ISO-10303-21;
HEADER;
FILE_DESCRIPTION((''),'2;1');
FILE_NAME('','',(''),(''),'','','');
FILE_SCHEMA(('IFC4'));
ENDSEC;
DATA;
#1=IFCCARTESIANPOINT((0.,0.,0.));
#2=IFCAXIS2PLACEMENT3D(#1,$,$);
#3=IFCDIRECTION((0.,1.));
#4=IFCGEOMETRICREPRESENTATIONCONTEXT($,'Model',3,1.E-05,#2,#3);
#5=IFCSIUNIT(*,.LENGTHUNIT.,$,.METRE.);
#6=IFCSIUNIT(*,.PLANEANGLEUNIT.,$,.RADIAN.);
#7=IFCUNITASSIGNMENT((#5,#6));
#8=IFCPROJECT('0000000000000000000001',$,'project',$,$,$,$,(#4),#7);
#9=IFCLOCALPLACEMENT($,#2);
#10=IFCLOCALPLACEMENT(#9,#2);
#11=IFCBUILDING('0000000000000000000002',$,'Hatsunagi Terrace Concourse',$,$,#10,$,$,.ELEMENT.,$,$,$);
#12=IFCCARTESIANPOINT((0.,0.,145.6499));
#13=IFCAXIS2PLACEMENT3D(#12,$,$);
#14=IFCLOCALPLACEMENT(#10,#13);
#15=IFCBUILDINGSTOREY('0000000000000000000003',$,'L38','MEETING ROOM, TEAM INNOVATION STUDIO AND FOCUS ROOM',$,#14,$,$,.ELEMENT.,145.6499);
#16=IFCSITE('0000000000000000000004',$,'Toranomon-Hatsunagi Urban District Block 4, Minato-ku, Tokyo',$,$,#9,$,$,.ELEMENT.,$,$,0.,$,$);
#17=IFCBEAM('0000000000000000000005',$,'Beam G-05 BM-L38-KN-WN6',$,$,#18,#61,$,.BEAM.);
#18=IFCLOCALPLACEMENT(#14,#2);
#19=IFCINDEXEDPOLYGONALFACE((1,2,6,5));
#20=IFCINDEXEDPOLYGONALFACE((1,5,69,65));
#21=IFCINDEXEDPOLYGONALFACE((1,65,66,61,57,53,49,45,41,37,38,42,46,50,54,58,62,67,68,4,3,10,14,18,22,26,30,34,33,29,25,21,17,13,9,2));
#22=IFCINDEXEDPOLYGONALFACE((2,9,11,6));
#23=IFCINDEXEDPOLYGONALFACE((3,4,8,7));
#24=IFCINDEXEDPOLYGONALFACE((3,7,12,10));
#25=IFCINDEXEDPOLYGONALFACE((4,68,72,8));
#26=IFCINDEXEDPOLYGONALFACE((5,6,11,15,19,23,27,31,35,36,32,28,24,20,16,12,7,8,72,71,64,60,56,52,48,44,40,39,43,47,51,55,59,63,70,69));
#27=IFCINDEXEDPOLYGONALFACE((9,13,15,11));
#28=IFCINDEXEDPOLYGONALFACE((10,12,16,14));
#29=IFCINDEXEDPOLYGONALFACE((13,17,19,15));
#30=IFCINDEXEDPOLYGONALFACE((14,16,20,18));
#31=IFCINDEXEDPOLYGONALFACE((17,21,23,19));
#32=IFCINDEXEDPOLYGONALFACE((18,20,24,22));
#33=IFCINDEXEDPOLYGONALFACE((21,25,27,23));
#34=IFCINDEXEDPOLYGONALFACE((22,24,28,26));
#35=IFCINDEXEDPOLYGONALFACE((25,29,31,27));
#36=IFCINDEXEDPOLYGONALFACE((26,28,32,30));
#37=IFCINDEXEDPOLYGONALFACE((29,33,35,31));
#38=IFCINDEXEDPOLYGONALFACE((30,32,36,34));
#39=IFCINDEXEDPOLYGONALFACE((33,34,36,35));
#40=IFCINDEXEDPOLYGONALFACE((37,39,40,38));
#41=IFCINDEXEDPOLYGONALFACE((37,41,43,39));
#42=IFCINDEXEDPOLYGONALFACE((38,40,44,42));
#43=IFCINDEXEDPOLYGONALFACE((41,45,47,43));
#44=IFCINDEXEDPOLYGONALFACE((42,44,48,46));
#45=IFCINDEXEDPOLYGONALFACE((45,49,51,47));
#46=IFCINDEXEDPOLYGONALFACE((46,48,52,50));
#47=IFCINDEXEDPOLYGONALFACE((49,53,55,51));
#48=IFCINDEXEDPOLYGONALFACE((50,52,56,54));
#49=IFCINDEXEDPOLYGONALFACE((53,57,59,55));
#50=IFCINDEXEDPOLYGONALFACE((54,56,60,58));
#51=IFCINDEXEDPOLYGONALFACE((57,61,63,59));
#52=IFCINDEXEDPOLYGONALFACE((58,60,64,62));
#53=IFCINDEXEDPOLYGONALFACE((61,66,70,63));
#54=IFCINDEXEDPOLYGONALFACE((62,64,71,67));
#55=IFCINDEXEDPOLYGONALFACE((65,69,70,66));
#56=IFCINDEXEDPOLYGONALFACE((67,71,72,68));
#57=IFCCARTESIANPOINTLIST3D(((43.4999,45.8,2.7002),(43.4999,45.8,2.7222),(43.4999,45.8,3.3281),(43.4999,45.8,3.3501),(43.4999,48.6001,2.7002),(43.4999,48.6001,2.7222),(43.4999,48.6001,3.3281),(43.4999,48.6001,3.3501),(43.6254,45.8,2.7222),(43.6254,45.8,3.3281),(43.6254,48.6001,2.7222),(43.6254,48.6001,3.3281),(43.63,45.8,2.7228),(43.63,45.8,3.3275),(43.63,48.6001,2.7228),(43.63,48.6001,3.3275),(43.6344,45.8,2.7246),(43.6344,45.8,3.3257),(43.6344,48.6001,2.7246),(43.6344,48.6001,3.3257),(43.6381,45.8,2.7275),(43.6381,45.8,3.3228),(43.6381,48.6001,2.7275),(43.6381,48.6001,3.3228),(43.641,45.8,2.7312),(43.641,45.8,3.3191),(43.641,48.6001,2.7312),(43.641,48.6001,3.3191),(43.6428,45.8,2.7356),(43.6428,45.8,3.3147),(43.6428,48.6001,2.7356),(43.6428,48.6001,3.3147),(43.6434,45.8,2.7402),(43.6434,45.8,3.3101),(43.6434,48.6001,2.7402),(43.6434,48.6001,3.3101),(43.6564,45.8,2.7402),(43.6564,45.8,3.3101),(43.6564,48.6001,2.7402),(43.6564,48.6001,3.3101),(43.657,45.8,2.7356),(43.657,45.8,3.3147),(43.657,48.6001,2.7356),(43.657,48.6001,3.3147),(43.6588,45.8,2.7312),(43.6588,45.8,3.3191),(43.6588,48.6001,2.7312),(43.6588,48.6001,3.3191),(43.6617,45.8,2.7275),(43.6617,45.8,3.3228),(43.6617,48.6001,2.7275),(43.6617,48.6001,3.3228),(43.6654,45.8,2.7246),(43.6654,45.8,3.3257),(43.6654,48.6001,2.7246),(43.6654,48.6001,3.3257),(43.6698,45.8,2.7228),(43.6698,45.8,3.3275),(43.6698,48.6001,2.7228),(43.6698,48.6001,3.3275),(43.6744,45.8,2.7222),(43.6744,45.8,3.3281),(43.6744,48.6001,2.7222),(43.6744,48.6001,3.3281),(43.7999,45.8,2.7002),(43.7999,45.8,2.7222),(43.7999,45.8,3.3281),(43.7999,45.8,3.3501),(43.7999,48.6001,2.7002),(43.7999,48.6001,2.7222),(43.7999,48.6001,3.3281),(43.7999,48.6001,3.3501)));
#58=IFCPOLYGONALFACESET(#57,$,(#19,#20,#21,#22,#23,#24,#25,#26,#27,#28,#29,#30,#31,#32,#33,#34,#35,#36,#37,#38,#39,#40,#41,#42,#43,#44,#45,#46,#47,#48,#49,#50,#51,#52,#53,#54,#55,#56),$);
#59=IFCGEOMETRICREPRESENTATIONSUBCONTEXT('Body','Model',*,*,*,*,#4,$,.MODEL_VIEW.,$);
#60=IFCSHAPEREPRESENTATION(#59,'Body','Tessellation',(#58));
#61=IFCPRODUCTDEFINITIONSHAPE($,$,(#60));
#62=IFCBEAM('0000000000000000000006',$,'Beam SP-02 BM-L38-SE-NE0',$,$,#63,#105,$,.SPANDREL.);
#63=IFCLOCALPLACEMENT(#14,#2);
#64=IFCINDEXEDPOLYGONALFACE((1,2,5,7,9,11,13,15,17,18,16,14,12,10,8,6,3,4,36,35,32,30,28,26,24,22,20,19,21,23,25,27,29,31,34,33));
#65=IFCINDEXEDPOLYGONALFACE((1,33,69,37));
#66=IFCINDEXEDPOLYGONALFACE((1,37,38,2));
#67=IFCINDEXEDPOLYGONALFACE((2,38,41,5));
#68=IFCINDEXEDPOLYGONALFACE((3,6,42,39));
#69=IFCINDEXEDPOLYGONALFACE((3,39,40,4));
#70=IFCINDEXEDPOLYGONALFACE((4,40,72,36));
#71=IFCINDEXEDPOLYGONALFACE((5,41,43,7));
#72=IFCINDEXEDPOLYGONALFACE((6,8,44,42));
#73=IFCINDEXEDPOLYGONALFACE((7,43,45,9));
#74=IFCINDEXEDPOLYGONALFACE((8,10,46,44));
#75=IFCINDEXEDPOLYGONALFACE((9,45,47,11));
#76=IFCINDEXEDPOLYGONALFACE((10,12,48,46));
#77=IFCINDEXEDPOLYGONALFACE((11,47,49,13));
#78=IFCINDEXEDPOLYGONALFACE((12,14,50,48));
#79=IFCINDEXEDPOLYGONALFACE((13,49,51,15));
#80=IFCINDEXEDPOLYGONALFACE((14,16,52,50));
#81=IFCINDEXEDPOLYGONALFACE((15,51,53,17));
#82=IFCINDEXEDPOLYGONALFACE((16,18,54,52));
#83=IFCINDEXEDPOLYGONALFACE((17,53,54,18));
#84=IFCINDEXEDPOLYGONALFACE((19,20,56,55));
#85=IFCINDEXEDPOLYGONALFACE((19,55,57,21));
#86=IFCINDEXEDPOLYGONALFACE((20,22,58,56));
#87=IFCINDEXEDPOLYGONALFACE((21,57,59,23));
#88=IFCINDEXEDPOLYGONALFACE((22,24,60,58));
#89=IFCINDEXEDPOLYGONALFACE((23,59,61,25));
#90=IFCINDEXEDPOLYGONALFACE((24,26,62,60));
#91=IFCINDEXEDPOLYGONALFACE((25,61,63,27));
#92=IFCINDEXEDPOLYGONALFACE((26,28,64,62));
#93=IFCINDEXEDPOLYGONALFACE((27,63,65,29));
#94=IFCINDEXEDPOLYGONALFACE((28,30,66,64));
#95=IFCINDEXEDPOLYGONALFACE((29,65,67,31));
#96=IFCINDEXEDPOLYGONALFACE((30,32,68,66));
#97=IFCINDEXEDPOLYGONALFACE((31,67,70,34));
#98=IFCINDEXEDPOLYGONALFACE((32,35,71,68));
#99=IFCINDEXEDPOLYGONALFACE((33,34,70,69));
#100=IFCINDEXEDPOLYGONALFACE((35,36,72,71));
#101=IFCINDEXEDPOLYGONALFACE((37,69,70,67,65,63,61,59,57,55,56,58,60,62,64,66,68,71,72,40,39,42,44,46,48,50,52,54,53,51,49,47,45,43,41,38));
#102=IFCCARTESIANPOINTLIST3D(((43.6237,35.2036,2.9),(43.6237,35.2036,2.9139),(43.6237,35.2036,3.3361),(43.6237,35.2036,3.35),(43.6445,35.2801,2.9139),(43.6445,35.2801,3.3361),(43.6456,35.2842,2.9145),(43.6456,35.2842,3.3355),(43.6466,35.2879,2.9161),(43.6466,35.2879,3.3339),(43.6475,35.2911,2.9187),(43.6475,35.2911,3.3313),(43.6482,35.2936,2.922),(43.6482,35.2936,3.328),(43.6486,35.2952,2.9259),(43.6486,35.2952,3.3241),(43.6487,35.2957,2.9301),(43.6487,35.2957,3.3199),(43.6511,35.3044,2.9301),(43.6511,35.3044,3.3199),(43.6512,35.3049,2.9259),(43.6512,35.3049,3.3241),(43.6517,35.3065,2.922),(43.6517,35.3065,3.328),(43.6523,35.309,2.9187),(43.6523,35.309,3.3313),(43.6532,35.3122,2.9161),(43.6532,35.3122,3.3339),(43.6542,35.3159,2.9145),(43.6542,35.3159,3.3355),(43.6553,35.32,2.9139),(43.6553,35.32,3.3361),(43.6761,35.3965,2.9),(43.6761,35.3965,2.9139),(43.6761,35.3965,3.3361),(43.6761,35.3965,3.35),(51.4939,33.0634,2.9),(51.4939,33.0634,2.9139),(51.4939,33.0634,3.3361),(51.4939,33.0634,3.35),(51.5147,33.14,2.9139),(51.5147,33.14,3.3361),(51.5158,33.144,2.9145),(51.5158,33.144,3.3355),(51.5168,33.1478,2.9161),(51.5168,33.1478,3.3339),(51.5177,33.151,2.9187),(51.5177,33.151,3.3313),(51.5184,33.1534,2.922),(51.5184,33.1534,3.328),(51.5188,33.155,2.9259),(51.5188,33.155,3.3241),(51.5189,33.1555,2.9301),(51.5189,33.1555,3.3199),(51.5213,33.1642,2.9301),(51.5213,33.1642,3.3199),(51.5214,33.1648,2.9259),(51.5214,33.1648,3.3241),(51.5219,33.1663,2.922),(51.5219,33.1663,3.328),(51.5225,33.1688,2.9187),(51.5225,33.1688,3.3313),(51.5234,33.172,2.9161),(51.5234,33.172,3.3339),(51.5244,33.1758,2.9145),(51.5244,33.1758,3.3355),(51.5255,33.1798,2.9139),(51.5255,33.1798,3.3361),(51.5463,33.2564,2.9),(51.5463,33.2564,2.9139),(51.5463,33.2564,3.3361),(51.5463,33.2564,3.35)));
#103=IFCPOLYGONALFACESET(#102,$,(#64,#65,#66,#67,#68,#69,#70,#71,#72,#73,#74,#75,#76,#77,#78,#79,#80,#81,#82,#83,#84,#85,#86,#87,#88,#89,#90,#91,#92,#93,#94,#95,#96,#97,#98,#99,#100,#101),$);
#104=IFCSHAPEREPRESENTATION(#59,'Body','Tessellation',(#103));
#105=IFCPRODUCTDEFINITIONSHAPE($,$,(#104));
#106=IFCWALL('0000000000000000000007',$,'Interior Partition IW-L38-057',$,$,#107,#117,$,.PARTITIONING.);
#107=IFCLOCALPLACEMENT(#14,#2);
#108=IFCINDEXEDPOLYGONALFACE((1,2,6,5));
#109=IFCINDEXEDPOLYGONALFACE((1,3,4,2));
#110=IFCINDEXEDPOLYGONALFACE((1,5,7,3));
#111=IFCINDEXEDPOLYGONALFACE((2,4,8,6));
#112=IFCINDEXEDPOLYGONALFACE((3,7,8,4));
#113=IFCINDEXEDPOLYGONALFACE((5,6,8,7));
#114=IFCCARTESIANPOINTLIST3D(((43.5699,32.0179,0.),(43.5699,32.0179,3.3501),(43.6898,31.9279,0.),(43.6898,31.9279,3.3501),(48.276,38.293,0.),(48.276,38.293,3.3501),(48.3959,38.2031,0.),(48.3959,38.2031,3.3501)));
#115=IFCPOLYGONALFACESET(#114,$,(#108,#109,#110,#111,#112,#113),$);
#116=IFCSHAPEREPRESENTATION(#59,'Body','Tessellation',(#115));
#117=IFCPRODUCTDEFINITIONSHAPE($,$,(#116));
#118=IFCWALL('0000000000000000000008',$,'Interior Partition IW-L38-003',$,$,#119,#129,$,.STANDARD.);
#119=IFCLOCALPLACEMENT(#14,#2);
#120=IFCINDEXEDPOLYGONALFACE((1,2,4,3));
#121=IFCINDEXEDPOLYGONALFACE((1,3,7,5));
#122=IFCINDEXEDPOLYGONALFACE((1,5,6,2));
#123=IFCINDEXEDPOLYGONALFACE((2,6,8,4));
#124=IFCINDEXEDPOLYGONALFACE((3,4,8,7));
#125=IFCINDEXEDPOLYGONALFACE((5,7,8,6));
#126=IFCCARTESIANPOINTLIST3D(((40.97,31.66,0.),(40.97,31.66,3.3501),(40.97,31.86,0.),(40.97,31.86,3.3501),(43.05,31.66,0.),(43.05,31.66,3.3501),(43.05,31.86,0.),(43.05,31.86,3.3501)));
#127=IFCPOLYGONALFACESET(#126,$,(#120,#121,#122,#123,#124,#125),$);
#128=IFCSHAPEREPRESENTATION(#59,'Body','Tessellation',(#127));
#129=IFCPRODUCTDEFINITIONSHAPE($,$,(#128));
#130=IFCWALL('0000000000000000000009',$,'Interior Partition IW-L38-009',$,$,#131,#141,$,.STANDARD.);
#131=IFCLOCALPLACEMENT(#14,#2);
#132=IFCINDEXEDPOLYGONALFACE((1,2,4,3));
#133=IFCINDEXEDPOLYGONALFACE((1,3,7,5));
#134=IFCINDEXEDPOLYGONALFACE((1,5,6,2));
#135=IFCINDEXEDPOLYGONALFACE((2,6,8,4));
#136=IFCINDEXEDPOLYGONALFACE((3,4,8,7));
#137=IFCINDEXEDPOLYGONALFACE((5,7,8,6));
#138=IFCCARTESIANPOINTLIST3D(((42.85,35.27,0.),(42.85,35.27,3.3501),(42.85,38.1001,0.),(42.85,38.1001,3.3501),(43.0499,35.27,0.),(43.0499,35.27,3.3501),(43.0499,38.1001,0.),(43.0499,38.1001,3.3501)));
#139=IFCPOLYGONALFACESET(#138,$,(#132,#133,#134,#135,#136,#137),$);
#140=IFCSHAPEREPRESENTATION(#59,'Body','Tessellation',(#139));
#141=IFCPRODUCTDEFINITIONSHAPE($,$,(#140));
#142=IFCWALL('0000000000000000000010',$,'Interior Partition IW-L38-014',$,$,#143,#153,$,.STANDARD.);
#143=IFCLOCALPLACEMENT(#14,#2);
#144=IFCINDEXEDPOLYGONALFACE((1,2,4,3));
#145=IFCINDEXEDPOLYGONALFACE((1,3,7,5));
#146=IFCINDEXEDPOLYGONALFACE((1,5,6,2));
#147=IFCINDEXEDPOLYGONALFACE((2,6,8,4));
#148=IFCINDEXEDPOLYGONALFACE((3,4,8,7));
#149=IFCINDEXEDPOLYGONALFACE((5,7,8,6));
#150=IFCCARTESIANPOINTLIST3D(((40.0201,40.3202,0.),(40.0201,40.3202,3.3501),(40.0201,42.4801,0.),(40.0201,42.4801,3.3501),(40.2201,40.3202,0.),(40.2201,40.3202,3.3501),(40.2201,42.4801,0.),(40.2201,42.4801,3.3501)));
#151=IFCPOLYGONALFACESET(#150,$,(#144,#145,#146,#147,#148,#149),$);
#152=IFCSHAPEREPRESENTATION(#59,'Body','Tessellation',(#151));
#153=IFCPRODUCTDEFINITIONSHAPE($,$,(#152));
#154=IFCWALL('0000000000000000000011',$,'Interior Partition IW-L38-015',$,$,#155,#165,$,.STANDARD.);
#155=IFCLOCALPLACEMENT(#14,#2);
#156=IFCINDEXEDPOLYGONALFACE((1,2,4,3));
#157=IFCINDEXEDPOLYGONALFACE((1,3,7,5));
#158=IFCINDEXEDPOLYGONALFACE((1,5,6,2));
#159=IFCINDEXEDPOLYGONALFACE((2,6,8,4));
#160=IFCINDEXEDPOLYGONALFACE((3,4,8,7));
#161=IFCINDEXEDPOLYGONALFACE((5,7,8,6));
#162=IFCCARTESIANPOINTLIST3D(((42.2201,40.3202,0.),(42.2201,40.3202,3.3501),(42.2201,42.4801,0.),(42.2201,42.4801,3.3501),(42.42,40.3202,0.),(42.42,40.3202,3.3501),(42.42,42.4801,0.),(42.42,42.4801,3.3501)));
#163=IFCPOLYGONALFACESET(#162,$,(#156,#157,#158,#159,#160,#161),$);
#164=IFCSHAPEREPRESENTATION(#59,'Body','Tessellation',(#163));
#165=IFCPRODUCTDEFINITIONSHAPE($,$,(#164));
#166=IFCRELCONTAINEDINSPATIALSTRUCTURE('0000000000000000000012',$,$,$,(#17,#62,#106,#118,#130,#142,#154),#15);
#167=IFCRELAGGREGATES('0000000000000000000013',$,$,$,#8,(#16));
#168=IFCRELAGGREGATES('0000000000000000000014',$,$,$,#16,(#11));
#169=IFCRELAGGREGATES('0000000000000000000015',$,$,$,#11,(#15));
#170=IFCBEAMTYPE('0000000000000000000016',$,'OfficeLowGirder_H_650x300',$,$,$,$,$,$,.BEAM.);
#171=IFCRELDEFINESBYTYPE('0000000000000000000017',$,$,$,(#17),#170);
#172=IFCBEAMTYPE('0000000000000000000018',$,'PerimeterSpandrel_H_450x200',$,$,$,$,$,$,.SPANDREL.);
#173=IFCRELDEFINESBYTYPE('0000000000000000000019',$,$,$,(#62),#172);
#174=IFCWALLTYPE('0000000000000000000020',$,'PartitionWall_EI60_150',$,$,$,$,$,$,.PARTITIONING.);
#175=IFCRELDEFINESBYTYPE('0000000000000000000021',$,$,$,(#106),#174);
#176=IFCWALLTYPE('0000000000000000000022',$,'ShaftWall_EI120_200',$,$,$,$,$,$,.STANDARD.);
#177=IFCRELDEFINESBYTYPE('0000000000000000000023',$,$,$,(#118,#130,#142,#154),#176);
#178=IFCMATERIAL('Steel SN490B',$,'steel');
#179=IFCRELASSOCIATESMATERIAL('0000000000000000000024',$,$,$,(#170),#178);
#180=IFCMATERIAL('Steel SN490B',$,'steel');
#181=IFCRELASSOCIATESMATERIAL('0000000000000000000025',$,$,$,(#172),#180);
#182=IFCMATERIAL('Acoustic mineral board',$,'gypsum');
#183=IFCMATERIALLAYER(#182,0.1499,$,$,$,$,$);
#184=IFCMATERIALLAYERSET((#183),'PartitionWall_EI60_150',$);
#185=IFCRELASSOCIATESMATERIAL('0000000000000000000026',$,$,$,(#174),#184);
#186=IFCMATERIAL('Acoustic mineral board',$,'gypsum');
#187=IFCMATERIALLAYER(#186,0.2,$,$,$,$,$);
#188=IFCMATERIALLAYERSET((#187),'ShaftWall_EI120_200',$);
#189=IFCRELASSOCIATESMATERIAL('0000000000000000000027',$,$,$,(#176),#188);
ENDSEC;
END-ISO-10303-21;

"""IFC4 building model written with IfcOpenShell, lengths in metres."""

from ifc_helpers import new_model, si_unit, direction, frame, frame_2d, origin, origin_2d, place, context, subcontext, project, spatial, rectangle, i_section, extrude, material, layer, layer_set, material_profile, profile_set, type_object, element, save


model = new_model("IFC4")

# Units and contexts
model_context = context("Model", 3, precision=1e-05, world=origin(), true_north=direction((0.0, 1.0)))
body_context = subcontext(model_context, "Body", "Model", "MODEL_VIEW")
ifc_project = project(units=[si_unit("LENGTHUNIT", "METRE"), si_unit("PLANEANGLEUNIT", "RADIAN")], contexts=[model_context])

# Site, building, storey
site_placement = place(None, origin())
site = spatial("IfcSite", under=ifc_project, at=site_placement, Name="Toranomon-Hatsunagi Urban District Block 4, Minato-ku, Tokyo", CompositionType="ELEMENT", RefElevation=0.0)
building_placement = place(site_placement, origin())
building = spatial("IfcBuilding", under=site, at=building_placement, Name="Hatsunagi Terrace Concourse", CompositionType="ELEMENT")
storey_placement = place(building_placement, frame((0.0, 0.0, 145.6499)))
storey = spatial("IfcBuildingStorey", under=building, at=storey_placement, Name="L38", Description="MEETING ROOM, TEAM INNOVATION STUDIO AND FOCUS ROOM", CompositionType="ELEMENT", Elevation=145.6499)

# Beams
ifc_material_1 = material(Name="Steel SN490B", Category="steel")
ifc_material_profile_1 = material_profile(ifc_material_1, i_section(OverallWidth=0.3, OverallDepth=0.6499, WebThickness=0.0129, FlangeThickness=0.022, FilletRadius=0.0181, at=origin_2d()), Name="H-650x300x13x22")
ifc_profile_set_1 = profile_set([ifc_material_profile_1], Name="Steel SN490B")
beam_type_1 = type_object("IfcBeamType", Name="OfficeLowGirder_H_650x300", PredefinedType="BEAM", material=ifc_profile_set_1)
for number, where, z_axis, x_axis, name in (
    (1, (43.6499, 45.8, 3.0251), (0.0, 1.0, 0.0), (-1.0, 0.0, 0.0), "Beam G-05 BM-L38-KN-WN6"),
):
    element("IfcBeam", number, at=place(storey_placement, frame(where, z_axis=z_axis, x_axis=x_axis)), inside=storey, type_object=beam_type_1, Name=name, PredefinedType="BEAM", context=body_context, shape_type="SweptSolid", body=[
        extrude(i_section(OverallWidth=0.3, OverallDepth=0.6499, WebThickness=0.0129, FlangeThickness=0.022, FilletRadius=0.0181, at=origin_2d()), origin(), (0.0, 0.0, 1.0), 2.8),
    ])
ifc_material_2 = material(Name="Steel SN490B", Category="steel")
ifc_material_profile_2 = material_profile(ifc_material_2, i_section(OverallWidth=0.2, OverallDepth=0.45, WebThickness=0.009, FlangeThickness=0.0139, FilletRadius=0.0161, at=origin_2d()), Name="H-450x200x9x14")
ifc_profile_set_2 = profile_set([ifc_material_profile_2], Name="Steel SN490B")
beam_type_2 = type_object("IfcBeamType", Name="PerimeterSpandrel_H_450x200", PredefinedType="SPANDREL", material=ifc_profile_set_2)
beam_1_placement = place(storey_placement, frame((43.6499, 35.3, 3.125), z_axis=(0.964958, -0.262403, 0.0), x_axis=(0.262403, 0.964958, 0.0)))
element("IfcBeam", 2, at=beam_1_placement, inside=storey, type_object=beam_type_2, Name="Beam SP-02 BM-L38-SE-NE0", PredefinedType="SPANDREL", context=body_context, shape_type="SweptSolid", body=[
    extrude(i_section(OverallWidth=0.2, OverallDepth=0.45, WebThickness=0.009, FlangeThickness=0.0139, FilletRadius=0.0161, at=origin_2d()), origin(), (0.0, 0.0, 1.0), 8.156),
])

# Walls
ifc_material_3 = material(Name="Acoustic mineral board", Category="gypsum")
ifc_layer_1 = layer(ifc_material_3, 0.1499)
ifc_layer_set_1 = layer_set([ifc_layer_1], Name="PartitionWall_EI60_150")
wall_type_1 = type_object("IfcWallType", Name="PartitionWall_EI60_150", PredefinedType="PARTITIONING", material=ifc_layer_set_1)
wall_1_placement = place(storey_placement, frame((43.6299, 31.9729, 0.0), z_axis=(0.0, 0.0, 1.0), x_axis=(0.599975, 0.800019, 0.0)))
element("IfcWall", 3, at=wall_1_placement, inside=storey, type_object=wall_type_1, Name="Interior Partition IW-L38-057", PredefinedType="PARTITIONING", context=body_context, shape_type="SweptSolid", body=[
    extrude(rectangle(XDim=7.8438, YDim=0.1499, at=frame_2d((3.9219, 0.0))), origin(), (0.0, 0.0, 1.0), 3.3501),
])
ifc_material_4 = material(Name="Acoustic mineral board", Category="gypsum")
ifc_layer_2 = layer(ifc_material_4, 0.2)
ifc_layer_set_2 = layer_set([ifc_layer_2], Name="ShaftWall_EI120_200")
wall_type_2 = type_object("IfcWallType", Name="ShaftWall_EI120_200", PredefinedType="STANDARD", material=ifc_layer_set_2)
wall_2_placement = place(storey_placement, frame((40.97, 31.76, 0.0), z_axis=(0.0, 0.0, 1.0), x_axis=(1.0, 0.0, 0.0)))
element("IfcWall", 4, at=wall_2_placement, inside=storey, type_object=wall_type_2, Name="Interior Partition IW-L38-003", PredefinedType="STANDARD", context=body_context, shape_type="SweptSolid", body=[
    extrude(rectangle(XDim=2.0801, YDim=0.2, at=frame_2d((1.04, 0.0))), origin(), (0.0, 0.0, 1.0), 3.3501),
])
wall_3_placement = place(storey_placement, frame((42.95, 35.27, 0.0), z_axis=(0.0, 0.0, 1.0), x_axis=(0.0, 1.0, 0.0)))
element("IfcWall", 5, at=wall_3_placement, inside=storey, type_object=wall_type_2, Name="Interior Partition IW-L38-009", PredefinedType="STANDARD", context=body_context, shape_type="SweptSolid", body=[
    extrude(rectangle(XDim=2.8301, YDim=0.2, at=frame_2d((1.415, 0.0))), origin(), (0.0, 0.0, 1.0), 3.3501),
])
for number, where, z_axis, x_axis, name in (
    (6, (40.1201, 40.3201, 0.0), (0.0, 0.0, 1.0), (0.0, 1.0, 0.0), "Interior Partition IW-L38-014"),
    (7, (42.3201, 40.3201, 0.0), (0.0, 0.0, 1.0), (0.0, 1.0, 0.0), "Interior Partition IW-L38-015"),
):
    element("IfcWall", number, at=place(storey_placement, frame(where, z_axis=z_axis, x_axis=x_axis)), inside=storey, type_object=wall_type_2, Name=name, PredefinedType="STANDARD", context=body_context, shape_type="SweptSolid", body=[
        extrude(rectangle(XDim=2.1599, YDim=0.2, at=frame_2d((1.0801, 0.0))), origin(), (0.0, 0.0, 1.0), 3.3501),
    ])

save(model, "model.ifc")
